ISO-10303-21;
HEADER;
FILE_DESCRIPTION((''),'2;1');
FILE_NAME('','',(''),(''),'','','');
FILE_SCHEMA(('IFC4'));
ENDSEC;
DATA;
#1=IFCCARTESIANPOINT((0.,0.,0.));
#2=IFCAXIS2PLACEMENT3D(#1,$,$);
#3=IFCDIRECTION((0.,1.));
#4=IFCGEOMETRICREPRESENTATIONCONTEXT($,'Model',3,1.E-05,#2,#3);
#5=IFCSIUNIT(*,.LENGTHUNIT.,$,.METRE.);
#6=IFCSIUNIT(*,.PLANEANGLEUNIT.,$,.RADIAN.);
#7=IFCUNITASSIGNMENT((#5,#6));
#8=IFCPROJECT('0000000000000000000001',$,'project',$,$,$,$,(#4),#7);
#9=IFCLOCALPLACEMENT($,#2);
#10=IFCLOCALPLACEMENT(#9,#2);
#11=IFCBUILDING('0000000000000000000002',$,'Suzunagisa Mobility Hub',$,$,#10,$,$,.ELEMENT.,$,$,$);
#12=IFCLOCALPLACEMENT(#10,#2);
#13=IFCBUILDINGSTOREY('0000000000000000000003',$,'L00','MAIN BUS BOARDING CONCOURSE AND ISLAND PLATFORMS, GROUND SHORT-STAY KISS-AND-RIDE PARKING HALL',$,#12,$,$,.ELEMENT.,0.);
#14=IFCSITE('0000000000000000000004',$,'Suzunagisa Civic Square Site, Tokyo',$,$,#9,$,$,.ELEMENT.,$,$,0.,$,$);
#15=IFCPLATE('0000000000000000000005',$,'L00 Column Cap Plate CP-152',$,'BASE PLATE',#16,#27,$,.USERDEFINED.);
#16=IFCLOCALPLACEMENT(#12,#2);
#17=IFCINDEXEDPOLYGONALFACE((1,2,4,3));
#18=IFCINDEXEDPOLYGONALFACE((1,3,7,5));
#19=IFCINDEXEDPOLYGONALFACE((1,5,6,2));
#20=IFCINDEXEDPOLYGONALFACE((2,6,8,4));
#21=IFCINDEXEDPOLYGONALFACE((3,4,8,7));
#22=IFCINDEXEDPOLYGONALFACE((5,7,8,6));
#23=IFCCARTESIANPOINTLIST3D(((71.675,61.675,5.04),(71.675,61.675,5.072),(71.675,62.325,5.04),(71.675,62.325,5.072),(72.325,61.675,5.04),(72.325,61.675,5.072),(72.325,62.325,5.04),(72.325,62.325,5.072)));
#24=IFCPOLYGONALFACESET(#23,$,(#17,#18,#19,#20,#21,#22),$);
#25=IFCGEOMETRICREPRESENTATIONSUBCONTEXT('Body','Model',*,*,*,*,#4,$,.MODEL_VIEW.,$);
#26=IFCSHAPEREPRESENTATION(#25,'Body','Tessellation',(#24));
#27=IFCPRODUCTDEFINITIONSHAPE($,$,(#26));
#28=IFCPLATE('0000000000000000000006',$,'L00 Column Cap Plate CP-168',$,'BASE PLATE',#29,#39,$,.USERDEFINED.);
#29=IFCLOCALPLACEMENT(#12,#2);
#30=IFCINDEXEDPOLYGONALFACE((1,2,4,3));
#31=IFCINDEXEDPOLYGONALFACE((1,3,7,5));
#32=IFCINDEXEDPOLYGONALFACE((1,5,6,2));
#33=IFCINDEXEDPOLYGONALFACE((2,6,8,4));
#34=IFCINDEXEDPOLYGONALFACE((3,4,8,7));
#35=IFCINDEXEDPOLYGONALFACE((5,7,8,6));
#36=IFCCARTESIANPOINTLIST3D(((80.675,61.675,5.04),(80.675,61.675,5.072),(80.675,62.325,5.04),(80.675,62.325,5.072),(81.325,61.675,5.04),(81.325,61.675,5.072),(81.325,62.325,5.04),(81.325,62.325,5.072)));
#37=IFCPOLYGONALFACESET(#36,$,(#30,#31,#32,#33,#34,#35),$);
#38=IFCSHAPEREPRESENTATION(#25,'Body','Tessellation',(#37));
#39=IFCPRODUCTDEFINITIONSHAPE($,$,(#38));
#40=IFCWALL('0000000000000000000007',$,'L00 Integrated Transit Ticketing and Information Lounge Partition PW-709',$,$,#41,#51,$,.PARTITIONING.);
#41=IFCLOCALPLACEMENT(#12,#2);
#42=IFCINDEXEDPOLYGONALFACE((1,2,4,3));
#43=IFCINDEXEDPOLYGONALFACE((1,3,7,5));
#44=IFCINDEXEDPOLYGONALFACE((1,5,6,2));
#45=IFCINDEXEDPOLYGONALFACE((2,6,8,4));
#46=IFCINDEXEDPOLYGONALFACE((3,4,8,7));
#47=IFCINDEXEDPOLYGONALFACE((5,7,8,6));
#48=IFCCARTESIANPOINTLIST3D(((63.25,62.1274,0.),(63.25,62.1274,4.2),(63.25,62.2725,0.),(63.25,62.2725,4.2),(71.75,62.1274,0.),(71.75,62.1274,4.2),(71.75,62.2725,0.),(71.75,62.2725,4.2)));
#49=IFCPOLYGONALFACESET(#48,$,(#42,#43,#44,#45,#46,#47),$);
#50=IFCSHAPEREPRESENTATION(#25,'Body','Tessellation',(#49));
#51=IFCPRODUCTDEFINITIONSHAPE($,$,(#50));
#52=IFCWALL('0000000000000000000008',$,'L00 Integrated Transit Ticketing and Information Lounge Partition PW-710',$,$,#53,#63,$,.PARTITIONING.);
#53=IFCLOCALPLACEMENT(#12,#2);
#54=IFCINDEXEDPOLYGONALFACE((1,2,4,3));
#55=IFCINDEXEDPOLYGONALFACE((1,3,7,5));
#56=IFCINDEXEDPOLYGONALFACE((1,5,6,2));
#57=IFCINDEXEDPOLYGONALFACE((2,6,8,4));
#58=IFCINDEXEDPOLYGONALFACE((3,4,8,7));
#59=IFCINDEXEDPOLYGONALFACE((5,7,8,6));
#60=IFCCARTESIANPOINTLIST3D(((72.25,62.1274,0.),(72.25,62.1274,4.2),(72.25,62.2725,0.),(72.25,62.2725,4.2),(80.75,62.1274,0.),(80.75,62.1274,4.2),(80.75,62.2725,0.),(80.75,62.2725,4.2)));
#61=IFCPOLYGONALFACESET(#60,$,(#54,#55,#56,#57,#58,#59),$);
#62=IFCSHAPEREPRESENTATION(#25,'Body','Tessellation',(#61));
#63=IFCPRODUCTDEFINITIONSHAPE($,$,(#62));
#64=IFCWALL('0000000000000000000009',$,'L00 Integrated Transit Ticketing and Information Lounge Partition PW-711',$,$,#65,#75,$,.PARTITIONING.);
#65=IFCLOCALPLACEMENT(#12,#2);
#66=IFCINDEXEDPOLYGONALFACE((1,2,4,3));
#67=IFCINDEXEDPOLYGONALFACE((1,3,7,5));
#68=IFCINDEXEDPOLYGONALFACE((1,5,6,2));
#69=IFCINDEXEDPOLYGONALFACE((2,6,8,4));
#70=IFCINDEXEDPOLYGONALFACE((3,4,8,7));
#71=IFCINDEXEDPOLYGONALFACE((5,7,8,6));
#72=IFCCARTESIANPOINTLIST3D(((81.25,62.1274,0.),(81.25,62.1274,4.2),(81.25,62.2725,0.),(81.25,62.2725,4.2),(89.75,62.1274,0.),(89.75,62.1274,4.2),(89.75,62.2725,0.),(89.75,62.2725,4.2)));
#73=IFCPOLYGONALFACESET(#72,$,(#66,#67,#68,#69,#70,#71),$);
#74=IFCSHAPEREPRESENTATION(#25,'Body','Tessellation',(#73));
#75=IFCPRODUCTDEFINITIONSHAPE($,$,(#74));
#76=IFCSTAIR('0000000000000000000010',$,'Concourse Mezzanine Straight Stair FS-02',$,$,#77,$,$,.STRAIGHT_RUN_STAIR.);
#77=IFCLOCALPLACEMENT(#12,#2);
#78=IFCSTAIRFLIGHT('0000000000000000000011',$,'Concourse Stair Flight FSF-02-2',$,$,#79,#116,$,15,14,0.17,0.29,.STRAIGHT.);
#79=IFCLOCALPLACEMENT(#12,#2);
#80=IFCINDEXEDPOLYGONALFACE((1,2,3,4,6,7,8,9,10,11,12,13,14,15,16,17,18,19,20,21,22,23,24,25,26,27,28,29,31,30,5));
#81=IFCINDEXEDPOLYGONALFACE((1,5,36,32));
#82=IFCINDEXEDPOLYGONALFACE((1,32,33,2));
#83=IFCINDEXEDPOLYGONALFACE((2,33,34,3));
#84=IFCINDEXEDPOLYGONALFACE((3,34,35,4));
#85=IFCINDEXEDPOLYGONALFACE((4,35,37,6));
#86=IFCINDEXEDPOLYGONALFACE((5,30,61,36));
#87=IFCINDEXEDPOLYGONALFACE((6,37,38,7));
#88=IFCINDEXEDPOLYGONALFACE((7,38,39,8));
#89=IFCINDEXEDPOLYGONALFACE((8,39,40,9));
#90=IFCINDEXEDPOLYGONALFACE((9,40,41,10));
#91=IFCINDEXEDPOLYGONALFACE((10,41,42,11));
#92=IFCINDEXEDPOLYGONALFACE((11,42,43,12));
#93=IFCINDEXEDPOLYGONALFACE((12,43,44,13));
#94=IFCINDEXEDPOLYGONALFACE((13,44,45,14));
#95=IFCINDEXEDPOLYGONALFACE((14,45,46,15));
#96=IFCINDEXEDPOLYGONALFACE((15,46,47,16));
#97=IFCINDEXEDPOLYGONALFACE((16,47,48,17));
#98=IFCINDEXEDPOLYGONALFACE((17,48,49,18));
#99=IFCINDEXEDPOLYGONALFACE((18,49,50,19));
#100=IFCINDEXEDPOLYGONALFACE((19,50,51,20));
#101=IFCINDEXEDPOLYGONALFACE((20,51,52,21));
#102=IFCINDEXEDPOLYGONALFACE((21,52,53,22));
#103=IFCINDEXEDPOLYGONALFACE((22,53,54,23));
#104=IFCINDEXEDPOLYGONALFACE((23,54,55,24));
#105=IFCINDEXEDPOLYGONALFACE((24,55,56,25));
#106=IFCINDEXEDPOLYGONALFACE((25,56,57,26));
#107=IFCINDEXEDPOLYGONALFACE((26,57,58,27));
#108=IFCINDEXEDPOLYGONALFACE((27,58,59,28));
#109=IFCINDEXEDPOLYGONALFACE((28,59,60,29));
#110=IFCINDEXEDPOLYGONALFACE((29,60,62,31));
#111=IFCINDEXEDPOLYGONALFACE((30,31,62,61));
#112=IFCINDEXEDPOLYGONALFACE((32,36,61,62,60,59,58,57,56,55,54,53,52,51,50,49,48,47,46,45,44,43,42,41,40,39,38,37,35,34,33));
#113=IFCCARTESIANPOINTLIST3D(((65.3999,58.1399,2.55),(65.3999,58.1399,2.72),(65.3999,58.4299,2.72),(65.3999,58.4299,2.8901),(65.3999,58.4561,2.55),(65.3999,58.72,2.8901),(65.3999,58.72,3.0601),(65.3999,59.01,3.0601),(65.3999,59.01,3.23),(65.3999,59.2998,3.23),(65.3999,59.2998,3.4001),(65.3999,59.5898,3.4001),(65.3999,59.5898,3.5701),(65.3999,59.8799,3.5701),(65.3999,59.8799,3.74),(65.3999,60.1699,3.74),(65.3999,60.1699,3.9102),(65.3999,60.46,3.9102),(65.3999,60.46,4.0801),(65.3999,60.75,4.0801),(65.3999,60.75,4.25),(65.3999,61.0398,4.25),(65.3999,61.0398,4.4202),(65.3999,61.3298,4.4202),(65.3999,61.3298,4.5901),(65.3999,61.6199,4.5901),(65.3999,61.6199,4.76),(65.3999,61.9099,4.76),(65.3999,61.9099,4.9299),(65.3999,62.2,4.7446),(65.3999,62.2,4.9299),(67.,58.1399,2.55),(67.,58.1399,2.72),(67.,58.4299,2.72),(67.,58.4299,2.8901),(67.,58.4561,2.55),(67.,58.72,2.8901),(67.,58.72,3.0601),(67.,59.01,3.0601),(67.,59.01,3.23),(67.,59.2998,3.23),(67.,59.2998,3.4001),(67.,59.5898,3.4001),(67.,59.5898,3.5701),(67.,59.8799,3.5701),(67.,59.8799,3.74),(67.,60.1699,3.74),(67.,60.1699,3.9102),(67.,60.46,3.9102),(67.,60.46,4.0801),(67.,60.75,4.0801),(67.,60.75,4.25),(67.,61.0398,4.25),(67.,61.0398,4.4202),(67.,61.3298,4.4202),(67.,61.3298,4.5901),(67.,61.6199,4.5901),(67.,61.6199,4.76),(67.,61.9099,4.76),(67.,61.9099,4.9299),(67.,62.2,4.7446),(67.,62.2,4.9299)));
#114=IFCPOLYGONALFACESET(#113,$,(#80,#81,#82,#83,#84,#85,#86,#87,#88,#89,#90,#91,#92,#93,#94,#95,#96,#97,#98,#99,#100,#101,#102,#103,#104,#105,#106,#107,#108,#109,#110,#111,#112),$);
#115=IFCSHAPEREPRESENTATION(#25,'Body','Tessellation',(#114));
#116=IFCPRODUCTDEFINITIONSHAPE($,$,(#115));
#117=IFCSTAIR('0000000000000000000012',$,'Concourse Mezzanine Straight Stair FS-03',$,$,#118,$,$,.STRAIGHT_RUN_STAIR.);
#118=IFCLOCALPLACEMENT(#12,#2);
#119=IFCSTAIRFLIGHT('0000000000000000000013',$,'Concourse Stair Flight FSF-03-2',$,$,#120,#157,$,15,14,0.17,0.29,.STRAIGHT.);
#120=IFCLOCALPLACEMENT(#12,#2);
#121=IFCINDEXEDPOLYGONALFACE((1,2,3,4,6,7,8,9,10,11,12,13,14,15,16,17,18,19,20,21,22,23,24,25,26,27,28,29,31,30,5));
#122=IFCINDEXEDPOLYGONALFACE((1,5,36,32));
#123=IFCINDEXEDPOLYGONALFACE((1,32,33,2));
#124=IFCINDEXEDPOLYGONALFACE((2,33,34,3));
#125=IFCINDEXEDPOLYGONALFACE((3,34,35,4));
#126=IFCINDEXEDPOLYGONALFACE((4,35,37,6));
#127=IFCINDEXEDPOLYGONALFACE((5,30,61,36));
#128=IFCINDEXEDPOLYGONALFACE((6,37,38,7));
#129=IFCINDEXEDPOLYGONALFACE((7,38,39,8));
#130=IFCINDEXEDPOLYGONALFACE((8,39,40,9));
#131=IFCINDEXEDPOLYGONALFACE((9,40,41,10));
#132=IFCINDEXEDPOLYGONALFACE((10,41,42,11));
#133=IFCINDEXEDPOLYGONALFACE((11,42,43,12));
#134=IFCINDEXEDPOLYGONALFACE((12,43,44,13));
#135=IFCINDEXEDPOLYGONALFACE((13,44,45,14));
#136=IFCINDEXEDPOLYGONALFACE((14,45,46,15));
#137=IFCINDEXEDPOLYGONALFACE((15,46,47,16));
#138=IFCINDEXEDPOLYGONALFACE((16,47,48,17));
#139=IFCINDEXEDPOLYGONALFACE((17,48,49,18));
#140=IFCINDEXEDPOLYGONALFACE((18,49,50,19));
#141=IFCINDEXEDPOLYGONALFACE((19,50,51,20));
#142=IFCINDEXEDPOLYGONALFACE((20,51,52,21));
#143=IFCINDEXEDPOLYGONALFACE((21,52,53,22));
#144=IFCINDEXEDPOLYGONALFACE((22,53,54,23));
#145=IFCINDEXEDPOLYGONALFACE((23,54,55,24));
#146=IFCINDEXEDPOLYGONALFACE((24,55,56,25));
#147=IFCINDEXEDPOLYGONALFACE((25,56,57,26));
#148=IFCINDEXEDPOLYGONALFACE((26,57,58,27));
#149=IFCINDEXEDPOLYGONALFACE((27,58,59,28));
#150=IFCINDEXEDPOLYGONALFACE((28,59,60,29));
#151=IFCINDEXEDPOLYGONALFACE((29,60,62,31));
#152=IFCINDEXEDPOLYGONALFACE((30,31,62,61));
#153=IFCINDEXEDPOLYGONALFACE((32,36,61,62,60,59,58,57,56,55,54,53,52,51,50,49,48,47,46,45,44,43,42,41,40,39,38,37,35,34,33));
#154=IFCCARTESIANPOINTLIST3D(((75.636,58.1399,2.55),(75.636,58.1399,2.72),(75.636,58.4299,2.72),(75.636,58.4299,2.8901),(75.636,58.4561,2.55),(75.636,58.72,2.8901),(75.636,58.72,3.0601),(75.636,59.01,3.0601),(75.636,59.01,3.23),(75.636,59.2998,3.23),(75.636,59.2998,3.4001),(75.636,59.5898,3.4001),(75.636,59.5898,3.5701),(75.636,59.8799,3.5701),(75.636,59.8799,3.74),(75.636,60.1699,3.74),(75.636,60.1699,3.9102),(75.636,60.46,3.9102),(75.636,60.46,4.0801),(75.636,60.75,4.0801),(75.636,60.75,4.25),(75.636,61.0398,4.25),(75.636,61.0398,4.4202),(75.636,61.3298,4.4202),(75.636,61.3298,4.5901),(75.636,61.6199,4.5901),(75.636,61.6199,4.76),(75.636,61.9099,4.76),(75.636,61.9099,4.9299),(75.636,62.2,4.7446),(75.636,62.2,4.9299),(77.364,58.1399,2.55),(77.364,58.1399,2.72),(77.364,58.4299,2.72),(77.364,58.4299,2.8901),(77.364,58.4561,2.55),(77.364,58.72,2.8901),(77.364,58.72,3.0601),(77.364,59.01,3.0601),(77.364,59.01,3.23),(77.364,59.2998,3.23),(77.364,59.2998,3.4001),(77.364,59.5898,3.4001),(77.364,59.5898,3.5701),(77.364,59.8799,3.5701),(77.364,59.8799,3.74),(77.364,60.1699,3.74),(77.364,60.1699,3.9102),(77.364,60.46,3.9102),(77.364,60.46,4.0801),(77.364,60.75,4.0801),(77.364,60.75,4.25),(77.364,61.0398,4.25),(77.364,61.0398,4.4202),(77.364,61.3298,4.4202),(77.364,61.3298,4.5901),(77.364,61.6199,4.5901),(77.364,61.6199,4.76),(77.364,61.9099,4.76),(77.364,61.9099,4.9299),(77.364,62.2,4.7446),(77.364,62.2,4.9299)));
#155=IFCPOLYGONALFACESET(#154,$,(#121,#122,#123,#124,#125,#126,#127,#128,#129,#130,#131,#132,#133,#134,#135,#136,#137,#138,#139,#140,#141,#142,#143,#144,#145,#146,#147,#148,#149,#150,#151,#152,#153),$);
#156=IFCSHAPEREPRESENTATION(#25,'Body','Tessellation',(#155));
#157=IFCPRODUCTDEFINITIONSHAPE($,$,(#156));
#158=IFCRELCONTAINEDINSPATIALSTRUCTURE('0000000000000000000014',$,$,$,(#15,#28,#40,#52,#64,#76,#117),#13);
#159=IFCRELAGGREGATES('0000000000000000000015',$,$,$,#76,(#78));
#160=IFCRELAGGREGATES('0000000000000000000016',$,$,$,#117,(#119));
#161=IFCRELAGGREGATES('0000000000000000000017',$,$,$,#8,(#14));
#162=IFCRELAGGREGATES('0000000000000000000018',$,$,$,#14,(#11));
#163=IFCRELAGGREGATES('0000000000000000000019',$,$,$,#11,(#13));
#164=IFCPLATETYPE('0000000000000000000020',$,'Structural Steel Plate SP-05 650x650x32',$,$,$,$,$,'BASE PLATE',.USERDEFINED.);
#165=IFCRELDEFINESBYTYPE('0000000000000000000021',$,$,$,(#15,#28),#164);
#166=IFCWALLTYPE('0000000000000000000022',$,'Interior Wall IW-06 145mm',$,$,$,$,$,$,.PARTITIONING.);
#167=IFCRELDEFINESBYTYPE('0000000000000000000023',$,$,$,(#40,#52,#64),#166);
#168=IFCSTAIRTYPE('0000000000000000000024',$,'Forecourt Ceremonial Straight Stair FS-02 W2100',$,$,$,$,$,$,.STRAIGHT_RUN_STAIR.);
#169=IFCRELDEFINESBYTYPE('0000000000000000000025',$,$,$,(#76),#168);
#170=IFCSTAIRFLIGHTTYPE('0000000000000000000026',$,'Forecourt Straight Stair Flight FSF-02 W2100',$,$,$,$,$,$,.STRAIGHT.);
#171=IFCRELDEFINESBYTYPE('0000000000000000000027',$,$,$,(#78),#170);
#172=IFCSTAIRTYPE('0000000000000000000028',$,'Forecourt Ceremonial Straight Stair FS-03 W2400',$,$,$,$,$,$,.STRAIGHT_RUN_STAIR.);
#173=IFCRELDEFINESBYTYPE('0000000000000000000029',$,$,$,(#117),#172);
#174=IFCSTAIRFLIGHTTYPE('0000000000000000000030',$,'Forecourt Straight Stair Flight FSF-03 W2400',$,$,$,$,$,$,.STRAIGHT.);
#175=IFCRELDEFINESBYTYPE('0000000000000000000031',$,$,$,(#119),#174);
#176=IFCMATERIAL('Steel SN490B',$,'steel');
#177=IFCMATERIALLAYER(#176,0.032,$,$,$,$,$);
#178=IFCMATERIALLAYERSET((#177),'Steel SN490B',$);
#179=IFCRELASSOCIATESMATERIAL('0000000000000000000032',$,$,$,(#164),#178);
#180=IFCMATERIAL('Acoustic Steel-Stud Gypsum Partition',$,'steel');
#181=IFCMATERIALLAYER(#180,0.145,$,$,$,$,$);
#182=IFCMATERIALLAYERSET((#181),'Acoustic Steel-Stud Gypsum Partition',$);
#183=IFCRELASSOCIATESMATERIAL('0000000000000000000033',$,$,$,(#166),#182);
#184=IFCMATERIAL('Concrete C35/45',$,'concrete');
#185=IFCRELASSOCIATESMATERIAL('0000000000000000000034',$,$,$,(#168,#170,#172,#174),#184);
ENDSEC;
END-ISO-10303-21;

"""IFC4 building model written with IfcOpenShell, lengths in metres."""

from ifc_helpers import new_model, si_unit, direction, frame, frame_2d, origin, origin_2d, place, context, subcontext, project, spatial, polyline, rectangle, outline, extrude, material, layer, layer_set, type_object, element, aggregate, save


model = new_model("IFC4")

# Units and contexts
model_context = context("Model", 3, precision=1e-05, world=origin(), true_north=direction((0.0, 1.0)))
body_context = subcontext(model_context, "Body", "Model", "MODEL_VIEW")
ifc_project = project(units=[si_unit("LENGTHUNIT", "METRE"), si_unit("PLANEANGLEUNIT", "RADIAN")], contexts=[model_context])

# Site, building, storey
site_placement = place(None, origin())
site = spatial("IfcSite", under=ifc_project, at=site_placement, Name="Suzunagisa Civic Square Site, Tokyo", CompositionType="ELEMENT", RefElevation=0.0)
building_placement = place(site_placement, origin())
building = spatial("IfcBuilding", under=site, at=building_placement, Name="Suzunagisa Mobility Hub", CompositionType="ELEMENT")
storey_placement = place(building_placement, origin())
storey = spatial("IfcBuildingStorey", under=building, at=storey_placement, Name="L00", Description="MAIN BUS BOARDING CONCOURSE AND ISLAND PLATFORMS, GROUND SHORT-STAY KISS-AND-RIDE PARKING HALL", CompositionType="ELEMENT", Elevation=0.0)

# Shared definitions
ifc_material_1 = material(Name="Steel SN490B", Category="steel")

# Plates
ifc_layer_1 = layer(ifc_material_1, 0.032)
ifc_layer_set_1 = layer_set([ifc_layer_1], Name="Steel SN490B")
plate_type_1 = type_object("IfcPlateType", Name="Structural Steel Plate SP-05 650x650x32", ElementType="BASE PLATE", PredefinedType="USERDEFINED", material=ifc_layer_set_1)
for number, where, z_axis, x_axis, name in (
    (1, (72.0, 62.0, 5.04), (0.0, 0.0, 1.0), (1.0, 0.0, 0.0), "L00 Column Cap Plate CP-152"),
    (2, (81.0, 62.0, 5.04), (0.0, 0.0, 1.0), (1.0, 0.0, 0.0), "L00 Column Cap Plate CP-168"),
):
    element("IfcPlate", number, at=place(storey_placement, frame(where, z_axis=z_axis, x_axis=x_axis)), inside=storey, type_object=plate_type_1, Name=name, ObjectType="BASE PLATE", PredefinedType="USERDEFINED", context=body_context, shape_type="SweptSolid", body=[
        extrude(rectangle(XDim=0.6499, YDim=0.6499, at=origin_2d()), origin(), (0.0, 0.0, 1.0), 0.032),
    ])

# Walls
ifc_material_2 = material(Name="Acoustic Steel-Stud Gypsum Partition", Category="steel")
ifc_layer_2 = layer(ifc_material_2, 0.145)
ifc_layer_set_2 = layer_set([ifc_layer_2], Name="Acoustic Steel-Stud Gypsum Partition")
wall_type = type_object("IfcWallType", Name="Interior Wall IW-06 145mm", PredefinedType="PARTITIONING", material=ifc_layer_set_2)
for number, where, z_axis, x_axis, name in (
    (3, (63.25, 62.2, 0.0), (0.0, 0.0, 1.0), (1.0, 0.0, 0.0), "L00 Integrated Transit Ticketing and Information Lounge Partition PW-709"),
    (4, (72.25, 62.2, 0.0), (0.0, 0.0, 1.0), (1.0, 0.0, 0.0), "L00 Integrated Transit Ticketing and Information Lounge Partition PW-710"),
    (5, (81.25, 62.2, 0.0), (0.0, 0.0, 1.0), (1.0, 0.0, 0.0), "L00 Integrated Transit Ticketing and Information Lounge Partition PW-711"),
):
    element("IfcWall", number, at=place(storey_placement, frame(where, z_axis=z_axis, x_axis=x_axis)), inside=storey, type_object=wall_type, Name=name, PredefinedType="PARTITIONING", context=body_context, shape_type="SweptSolid", body=[
        extrude(rectangle(XDim=8.5, YDim=0.145, at=frame_2d((4.25, 0.0))), origin(), (0.0, 0.0, 1.0), 4.2),
    ])

# Stairs, stair flights
ifc_material_3 = material(Name="Concrete C35/45", Category="concrete")
stair_type_1 = type_object("IfcStairType", Name="Forecourt Ceremonial Straight Stair FS-02 W2100", PredefinedType="STRAIGHT_RUN_STAIR", material=ifc_material_3)
stair_1_placement = place(storey_placement, origin())
stair_1 = element("IfcStair", 6, at=stair_1_placement, inside=storey, type_object=stair_type_1, Name="Concourse Mezzanine Straight Stair FS-02", PredefinedType="STRAIGHT_RUN_STAIR")
stair_flight_type_1 = type_object("IfcStairFlightType", Name="Forecourt Straight Stair Flight FSF-02 W2100", PredefinedType="STRAIGHT", material=ifc_material_3)
stair_flight_1_placement = place(storey_placement, frame((66.2, 58.1399, 2.55), z_axis=(0.0, 0.0, 1.0), x_axis=(0.0, 1.0, 0.0)))
stair_flight_1 = element("IfcStairFlight", 7, at=stair_flight_1_placement, type_object=stair_flight_type_1, Name="Concourse Stair Flight FSF-02-2", NumberOfRisers=15, NumberOfTreads=14, PredefinedType="STRAIGHT", RiserHeight=0.17, TreadLength=0.29, context=body_context, shape_type="SweptSolid", body=[
    extrude(outline(polyline([(0.0, 0.0), (0.0, 0.1699), (0.29, 0.1699), (0.29, 0.3401), (0.5801, 0.3401), (0.5801, 0.51), (0.8701, 0.51), (0.8701, 0.6799), (1.1599, 0.6799), (1.1599, 0.8501), (1.45, 0.8501), (1.45, 1.02), (1.74, 1.02), (1.74, 1.1899), (2.03, 1.1899), (2.03, 1.3601), (2.3201, 1.3601), (2.3201, 1.53), (2.6101, 1.53), (2.6101, 1.7), (2.8999, 1.7), (2.8999, 1.8701), (3.1899, 1.8701), (3.1899, 2.04), (3.48, 2.04), (3.48, 2.21), (3.77, 2.21), (3.77, 2.3799), (4.0601, 2.3799), (4.0601, 2.55), (4.0601, 2.1946), (0.3162, 0.0), (0.0, 0.0)])), frame((0.0, 0.8, 0.0), z_axis=(0.0, -1.0, 0.0), x_axis=(1.0, 0.0, 0.0)), (0.0, 0.0, 1.0), 1.6001),
])
aggregate(stair_1, [stair_flight_1])
stair_type_2 = type_object("IfcStairType", Name="Forecourt Ceremonial Straight Stair FS-03 W2400", PredefinedType="STRAIGHT_RUN_STAIR", material=ifc_material_3)
stair_2_placement = place(storey_placement, origin())
stair_2 = element("IfcStair", 8, at=stair_2_placement, inside=storey, type_object=stair_type_2, Name="Concourse Mezzanine Straight Stair FS-03", PredefinedType="STRAIGHT_RUN_STAIR")
stair_flight_type_2 = type_object("IfcStairFlightType", Name="Forecourt Straight Stair Flight FSF-03 W2400", PredefinedType="STRAIGHT", material=ifc_material_3)
stair_flight_2_placement = place(storey_placement, frame((76.5, 58.1399, 2.55), z_axis=(0.0, 0.0, 1.0), x_axis=(0.0, 1.0, 0.0)))
stair_flight_2 = element("IfcStairFlight", 9, at=stair_flight_2_placement, type_object=stair_flight_type_2, Name="Concourse Stair Flight FSF-03-2", NumberOfRisers=15, NumberOfTreads=14, PredefinedType="STRAIGHT", RiserHeight=0.17, TreadLength=0.29, context=body_context, shape_type="SweptSolid", body=[
    extrude(outline(polyline([(0.0, 0.0), (0.0, 0.1699), (0.29, 0.1699), (0.29, 0.3401), (0.5801, 0.3401), (0.5801, 0.51), (0.8701, 0.51), (0.8701, 0.6799), (1.1599, 0.6799), (1.1599, 0.8501), (1.45, 0.8501), (1.45, 1.02), (1.74, 1.02), (1.74, 1.1899), (2.03, 1.1899), (2.03, 1.3601), (2.3201, 1.3601), (2.3201, 1.53), (2.6101, 1.53), (2.6101, 1.7), (2.8999, 1.7), (2.8999, 1.8701), (3.1899, 1.8701), (3.1899, 2.04), (3.48, 2.04), (3.48, 2.21), (3.77, 2.21), (3.77, 2.3799), (4.0601, 2.3799), (4.0601, 2.55), (4.0601, 2.1946), (0.3162, 0.0), (0.0, 0.0)])), frame((0.0, 0.864, 0.0), z_axis=(0.0, -1.0, 0.0), x_axis=(1.0, 0.0, 0.0)), (0.0, 0.0, 1.0), 1.728),
])
aggregate(stair_2, [stair_flight_2])

save(model, "model.ifc")
